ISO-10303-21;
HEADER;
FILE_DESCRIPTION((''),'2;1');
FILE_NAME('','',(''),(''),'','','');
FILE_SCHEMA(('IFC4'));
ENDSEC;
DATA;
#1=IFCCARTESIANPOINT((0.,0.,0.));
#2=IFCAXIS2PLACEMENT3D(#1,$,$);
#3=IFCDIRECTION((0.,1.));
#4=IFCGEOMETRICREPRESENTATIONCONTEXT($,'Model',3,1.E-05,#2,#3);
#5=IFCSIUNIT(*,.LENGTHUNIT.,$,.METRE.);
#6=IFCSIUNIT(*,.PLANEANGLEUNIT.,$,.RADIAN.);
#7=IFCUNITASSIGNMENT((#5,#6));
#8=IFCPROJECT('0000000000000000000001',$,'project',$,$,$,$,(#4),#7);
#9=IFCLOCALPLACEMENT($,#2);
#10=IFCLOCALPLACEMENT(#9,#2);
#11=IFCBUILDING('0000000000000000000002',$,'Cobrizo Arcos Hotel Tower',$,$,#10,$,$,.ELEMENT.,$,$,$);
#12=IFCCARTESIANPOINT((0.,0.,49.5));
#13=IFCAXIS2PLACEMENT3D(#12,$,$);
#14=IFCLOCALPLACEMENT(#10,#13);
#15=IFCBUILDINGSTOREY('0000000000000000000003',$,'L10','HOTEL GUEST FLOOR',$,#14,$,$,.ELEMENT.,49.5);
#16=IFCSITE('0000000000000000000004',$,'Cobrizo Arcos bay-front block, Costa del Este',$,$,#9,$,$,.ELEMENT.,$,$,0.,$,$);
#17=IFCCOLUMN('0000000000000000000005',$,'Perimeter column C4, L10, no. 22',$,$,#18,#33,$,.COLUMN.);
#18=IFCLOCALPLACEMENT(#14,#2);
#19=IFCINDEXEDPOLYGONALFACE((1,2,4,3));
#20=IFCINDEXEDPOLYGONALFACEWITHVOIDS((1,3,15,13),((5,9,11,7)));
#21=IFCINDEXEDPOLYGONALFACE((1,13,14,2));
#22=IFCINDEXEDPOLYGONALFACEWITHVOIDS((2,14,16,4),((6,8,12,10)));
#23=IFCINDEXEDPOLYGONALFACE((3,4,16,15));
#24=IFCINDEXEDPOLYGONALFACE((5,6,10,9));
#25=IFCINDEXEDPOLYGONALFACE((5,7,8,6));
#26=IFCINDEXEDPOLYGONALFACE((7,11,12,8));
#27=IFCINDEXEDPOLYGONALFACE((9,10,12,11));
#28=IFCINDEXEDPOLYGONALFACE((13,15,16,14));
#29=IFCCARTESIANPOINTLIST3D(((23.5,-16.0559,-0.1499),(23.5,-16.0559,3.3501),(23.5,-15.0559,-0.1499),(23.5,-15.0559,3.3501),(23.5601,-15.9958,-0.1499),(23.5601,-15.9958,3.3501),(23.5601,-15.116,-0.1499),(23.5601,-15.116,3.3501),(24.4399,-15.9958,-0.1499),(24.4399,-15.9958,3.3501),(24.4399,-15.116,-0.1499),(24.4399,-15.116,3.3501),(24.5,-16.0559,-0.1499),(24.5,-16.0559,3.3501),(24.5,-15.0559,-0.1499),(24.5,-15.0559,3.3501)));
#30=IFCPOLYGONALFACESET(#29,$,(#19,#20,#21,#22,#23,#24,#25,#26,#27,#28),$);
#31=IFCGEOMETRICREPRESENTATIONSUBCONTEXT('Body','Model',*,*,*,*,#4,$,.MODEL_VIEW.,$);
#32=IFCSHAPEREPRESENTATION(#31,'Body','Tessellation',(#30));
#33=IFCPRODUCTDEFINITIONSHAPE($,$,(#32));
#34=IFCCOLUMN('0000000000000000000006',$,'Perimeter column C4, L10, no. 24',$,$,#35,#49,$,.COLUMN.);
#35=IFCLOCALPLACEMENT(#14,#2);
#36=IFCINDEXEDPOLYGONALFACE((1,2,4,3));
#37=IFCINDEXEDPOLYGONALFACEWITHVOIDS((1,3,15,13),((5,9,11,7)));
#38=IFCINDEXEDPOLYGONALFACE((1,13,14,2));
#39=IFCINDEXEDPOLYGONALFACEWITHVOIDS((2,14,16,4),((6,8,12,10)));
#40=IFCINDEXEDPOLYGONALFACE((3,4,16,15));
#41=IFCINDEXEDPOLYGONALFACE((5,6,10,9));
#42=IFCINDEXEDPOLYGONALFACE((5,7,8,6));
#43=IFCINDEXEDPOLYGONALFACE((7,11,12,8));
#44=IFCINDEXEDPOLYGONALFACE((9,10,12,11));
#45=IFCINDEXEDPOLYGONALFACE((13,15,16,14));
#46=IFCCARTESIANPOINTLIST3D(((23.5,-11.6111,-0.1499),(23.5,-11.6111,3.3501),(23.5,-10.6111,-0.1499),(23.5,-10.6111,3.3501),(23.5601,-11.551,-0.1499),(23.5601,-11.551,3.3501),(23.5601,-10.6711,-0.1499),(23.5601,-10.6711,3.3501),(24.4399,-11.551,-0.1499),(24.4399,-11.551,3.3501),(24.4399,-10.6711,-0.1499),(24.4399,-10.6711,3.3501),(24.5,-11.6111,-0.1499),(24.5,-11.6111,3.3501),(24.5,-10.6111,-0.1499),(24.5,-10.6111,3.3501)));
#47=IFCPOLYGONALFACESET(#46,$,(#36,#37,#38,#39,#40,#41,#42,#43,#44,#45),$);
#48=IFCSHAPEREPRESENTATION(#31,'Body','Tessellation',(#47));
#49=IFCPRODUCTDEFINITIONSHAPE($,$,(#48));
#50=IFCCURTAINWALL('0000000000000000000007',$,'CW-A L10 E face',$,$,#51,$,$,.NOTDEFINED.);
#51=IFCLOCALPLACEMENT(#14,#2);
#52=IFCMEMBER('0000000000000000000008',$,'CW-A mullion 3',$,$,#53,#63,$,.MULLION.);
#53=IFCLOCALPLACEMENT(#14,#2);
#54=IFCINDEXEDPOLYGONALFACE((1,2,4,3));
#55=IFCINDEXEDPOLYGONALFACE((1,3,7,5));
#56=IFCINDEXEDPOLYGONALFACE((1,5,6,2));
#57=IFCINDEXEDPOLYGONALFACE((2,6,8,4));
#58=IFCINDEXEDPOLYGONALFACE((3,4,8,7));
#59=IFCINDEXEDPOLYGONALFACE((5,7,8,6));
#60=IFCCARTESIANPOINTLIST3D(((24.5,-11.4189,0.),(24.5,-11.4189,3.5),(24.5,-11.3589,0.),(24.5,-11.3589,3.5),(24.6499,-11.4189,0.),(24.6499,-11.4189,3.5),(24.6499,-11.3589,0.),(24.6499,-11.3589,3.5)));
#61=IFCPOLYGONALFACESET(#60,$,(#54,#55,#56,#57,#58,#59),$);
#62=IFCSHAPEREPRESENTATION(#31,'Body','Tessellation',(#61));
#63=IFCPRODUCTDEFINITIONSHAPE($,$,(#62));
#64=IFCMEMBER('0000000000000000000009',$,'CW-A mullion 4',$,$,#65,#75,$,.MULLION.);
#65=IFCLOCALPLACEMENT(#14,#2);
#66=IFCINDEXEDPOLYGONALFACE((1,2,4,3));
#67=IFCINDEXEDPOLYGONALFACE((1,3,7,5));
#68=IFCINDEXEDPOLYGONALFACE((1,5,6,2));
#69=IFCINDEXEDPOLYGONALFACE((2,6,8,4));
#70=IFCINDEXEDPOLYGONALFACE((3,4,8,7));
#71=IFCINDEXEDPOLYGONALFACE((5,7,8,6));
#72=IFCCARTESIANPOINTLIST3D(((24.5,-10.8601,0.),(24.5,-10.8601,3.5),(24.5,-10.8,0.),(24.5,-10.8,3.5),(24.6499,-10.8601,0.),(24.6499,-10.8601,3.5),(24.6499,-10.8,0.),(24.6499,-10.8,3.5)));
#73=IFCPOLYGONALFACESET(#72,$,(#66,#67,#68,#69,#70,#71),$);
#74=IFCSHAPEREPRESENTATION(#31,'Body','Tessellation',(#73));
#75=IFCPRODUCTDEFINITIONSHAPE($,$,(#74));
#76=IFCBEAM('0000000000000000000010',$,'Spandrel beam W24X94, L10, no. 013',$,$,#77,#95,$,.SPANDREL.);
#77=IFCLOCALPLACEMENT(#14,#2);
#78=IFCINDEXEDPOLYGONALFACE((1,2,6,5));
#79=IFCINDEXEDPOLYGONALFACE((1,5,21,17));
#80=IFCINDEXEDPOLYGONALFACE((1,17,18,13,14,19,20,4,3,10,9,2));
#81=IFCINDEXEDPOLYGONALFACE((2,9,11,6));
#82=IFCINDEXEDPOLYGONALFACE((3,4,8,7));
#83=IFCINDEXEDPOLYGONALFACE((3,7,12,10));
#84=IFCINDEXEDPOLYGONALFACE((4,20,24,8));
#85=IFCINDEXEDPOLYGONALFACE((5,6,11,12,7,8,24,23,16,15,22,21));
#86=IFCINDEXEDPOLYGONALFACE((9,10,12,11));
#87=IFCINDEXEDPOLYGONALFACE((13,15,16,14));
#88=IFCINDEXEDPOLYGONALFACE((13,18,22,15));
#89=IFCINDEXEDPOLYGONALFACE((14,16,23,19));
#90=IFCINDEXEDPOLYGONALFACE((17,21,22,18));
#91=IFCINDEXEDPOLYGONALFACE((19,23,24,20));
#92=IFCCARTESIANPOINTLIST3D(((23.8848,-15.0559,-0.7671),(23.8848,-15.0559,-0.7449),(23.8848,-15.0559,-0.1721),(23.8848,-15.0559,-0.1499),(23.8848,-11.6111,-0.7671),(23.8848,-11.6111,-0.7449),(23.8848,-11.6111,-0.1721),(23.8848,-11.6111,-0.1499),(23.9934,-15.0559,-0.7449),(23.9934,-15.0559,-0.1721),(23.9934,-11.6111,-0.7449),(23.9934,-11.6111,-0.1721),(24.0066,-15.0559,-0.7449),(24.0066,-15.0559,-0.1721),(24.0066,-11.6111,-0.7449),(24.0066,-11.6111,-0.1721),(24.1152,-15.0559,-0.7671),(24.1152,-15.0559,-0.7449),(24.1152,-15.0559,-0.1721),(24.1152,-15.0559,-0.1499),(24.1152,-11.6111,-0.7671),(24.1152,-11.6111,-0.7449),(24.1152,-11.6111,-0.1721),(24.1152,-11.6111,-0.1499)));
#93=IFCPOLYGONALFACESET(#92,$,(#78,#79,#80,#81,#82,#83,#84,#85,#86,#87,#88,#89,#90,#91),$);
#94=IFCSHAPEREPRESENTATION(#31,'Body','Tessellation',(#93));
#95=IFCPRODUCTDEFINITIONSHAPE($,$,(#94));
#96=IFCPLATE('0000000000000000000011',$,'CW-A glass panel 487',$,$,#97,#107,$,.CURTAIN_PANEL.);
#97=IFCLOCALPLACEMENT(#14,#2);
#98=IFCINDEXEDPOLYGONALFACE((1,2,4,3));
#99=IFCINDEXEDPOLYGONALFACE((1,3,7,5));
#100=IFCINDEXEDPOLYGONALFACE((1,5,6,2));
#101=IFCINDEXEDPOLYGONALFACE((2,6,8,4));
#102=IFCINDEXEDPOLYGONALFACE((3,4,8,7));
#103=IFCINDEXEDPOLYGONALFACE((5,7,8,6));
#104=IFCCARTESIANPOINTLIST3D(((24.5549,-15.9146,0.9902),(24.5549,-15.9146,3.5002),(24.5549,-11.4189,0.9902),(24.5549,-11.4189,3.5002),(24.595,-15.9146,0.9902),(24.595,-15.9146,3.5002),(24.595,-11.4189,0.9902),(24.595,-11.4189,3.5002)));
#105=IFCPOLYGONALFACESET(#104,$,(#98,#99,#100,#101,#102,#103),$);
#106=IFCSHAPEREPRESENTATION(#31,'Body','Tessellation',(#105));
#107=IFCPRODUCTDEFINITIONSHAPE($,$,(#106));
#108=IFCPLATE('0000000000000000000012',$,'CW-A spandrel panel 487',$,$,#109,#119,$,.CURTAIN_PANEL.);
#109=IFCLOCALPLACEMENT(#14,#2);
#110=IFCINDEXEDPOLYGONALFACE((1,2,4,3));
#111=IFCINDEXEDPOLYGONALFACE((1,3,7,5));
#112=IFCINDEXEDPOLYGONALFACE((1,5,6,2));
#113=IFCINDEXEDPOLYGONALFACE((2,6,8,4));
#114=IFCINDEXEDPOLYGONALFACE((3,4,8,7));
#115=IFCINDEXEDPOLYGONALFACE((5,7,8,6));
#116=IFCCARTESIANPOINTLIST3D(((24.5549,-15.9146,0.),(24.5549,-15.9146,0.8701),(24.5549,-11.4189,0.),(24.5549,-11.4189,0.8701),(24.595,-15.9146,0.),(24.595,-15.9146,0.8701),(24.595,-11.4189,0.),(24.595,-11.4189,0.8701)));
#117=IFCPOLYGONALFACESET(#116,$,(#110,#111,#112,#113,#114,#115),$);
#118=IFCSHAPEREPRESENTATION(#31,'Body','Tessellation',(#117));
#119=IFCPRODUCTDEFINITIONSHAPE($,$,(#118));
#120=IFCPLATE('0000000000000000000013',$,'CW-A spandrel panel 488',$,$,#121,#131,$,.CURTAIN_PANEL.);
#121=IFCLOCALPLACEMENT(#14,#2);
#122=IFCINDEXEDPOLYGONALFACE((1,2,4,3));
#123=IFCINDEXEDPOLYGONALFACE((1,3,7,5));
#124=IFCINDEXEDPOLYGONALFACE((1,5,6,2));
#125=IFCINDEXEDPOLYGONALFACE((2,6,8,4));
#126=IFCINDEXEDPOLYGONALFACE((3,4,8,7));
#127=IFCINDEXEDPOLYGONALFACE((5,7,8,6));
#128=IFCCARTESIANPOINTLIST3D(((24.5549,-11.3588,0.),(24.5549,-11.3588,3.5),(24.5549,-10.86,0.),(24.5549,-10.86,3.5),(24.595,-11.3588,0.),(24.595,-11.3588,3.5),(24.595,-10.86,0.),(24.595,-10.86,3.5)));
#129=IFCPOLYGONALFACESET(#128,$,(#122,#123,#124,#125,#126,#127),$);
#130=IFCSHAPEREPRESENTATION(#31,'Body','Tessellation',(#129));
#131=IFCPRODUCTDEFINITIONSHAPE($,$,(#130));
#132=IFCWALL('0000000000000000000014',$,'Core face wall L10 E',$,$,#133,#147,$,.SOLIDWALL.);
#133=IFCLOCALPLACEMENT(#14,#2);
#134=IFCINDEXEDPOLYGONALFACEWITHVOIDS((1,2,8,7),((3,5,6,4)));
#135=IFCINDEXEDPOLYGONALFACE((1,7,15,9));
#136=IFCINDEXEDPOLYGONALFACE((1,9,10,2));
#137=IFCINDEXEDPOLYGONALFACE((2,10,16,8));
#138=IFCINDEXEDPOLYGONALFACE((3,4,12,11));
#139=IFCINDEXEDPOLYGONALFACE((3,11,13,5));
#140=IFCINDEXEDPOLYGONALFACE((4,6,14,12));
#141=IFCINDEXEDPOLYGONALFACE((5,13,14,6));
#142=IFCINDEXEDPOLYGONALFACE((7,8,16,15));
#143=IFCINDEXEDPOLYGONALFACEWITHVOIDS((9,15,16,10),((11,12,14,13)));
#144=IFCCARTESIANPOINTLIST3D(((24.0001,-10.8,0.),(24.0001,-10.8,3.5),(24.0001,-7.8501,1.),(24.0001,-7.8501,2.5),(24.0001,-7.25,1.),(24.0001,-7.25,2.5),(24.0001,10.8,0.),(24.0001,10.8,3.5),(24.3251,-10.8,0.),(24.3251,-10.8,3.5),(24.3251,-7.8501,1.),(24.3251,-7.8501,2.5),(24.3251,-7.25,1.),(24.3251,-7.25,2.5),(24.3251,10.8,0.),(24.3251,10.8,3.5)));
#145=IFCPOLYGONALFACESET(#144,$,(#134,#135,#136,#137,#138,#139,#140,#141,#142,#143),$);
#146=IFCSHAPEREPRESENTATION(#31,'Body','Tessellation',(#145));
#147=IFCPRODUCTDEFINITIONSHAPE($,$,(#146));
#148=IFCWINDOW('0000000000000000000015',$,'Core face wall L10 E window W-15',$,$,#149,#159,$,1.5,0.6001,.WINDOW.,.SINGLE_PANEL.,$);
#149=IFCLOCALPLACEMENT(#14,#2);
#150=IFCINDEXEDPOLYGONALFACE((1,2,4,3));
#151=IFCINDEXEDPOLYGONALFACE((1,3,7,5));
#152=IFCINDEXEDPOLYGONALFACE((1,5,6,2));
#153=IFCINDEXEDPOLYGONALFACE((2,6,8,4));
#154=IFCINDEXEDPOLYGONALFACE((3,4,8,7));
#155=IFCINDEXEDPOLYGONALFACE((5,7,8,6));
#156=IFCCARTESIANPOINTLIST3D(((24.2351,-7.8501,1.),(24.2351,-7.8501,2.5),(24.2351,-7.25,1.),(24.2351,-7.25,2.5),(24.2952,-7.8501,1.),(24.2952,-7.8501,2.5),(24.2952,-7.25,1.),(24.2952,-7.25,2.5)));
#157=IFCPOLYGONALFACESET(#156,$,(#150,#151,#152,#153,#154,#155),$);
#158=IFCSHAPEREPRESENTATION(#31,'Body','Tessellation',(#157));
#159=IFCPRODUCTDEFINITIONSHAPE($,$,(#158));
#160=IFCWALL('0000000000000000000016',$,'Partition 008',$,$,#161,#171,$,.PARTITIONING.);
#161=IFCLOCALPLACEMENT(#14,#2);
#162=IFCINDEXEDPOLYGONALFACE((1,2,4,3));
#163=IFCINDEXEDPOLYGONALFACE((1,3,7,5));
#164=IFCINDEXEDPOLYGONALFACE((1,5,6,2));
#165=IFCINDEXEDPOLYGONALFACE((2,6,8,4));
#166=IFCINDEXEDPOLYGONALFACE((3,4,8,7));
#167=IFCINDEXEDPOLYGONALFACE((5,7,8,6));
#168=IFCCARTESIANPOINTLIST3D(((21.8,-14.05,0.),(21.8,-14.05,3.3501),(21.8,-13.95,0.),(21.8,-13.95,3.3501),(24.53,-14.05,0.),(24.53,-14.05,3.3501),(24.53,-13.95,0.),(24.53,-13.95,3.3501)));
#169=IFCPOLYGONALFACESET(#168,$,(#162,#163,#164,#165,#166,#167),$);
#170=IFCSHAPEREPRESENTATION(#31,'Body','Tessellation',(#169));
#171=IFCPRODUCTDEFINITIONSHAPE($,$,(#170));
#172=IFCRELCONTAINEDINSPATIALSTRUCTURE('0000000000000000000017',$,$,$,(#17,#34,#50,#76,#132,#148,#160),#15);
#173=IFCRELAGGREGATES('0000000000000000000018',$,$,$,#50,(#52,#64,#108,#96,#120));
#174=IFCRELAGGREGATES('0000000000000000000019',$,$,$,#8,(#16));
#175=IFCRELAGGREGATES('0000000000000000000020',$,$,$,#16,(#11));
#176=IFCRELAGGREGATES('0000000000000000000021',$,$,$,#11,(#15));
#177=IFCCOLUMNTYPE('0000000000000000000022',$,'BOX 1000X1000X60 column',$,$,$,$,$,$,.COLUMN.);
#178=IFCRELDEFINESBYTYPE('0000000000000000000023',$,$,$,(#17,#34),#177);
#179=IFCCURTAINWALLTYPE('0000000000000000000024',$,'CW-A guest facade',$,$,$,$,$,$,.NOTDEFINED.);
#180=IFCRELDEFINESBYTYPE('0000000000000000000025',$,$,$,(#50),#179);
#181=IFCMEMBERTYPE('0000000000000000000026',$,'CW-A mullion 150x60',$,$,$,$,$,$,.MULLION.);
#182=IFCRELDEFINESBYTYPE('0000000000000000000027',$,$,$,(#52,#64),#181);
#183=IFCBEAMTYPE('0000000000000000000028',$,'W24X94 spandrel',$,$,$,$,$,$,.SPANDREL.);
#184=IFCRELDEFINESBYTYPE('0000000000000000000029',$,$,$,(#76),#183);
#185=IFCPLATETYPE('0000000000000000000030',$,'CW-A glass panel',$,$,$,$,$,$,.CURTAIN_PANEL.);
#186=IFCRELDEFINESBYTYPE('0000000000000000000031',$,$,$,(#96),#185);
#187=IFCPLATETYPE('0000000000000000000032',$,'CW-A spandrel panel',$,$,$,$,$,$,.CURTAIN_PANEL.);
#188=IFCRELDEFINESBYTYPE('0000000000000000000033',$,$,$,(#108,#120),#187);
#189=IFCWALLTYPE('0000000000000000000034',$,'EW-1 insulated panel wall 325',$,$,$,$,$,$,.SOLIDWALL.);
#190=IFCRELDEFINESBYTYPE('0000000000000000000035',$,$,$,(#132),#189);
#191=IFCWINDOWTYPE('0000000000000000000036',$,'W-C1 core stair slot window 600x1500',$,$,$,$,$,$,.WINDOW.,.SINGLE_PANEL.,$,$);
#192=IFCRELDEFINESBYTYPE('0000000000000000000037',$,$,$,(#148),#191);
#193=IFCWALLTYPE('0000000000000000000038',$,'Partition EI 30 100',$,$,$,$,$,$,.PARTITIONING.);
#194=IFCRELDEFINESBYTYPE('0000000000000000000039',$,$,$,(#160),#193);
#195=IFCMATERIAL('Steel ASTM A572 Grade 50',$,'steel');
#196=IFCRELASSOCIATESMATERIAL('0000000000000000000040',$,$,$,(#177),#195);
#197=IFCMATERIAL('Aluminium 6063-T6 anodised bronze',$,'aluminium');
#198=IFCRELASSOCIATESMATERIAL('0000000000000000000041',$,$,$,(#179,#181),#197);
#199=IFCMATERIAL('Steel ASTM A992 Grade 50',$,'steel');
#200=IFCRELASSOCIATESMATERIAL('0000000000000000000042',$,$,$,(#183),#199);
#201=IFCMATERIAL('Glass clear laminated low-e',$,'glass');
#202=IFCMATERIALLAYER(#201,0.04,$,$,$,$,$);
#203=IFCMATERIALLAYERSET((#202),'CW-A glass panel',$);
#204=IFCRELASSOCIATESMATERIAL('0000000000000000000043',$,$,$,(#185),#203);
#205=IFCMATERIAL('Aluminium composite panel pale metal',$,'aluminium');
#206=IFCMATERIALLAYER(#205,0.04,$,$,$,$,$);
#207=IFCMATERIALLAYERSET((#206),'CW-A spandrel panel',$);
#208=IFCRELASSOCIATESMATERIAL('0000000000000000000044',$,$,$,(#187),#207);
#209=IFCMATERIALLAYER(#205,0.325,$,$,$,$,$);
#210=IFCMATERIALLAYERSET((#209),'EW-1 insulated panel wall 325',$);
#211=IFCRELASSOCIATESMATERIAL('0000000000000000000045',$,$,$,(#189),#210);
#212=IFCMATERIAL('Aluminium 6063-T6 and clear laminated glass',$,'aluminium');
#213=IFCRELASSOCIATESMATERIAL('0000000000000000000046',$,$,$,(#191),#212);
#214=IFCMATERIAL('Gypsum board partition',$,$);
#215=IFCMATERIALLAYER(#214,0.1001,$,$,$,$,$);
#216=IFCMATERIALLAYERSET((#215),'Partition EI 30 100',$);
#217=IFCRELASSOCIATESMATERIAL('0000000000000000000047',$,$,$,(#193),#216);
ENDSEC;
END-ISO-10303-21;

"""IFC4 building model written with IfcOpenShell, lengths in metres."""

from ifc_helpers import new_model, si_unit, direction, frame, frame_2d, origin, origin_2d, place, context, subcontext, project, spatial, rectangle, hollow_rectangle, i_section, extrude, material, layer, layer_set, material_profile, profile_set, type_object, element, fill, aggregate, save


model = new_model("IFC4")

# Units and contexts
model_context = context("Model", 3, precision=1e-05, world=origin(), true_north=direction((0.0, 1.0)))
body_context = subcontext(model_context, "Body", "Model", "MODEL_VIEW")
ifc_project = project(units=[si_unit("LENGTHUNIT", "METRE"), si_unit("PLANEANGLEUNIT", "RADIAN")], contexts=[model_context])

# Site, building, storey
site_placement = place(None, origin())
site = spatial("IfcSite", under=ifc_project, at=site_placement, Name="Cobrizo Arcos bay-front block, Costa del Este", CompositionType="ELEMENT", RefElevation=0.0)
building_placement = place(site_placement, origin())
building = spatial("IfcBuilding", under=site, at=building_placement, Name="Cobrizo Arcos Hotel Tower", CompositionType="ELEMENT")
storey_placement = place(building_placement, frame((0.0, 0.0, 49.5)))
storey = spatial("IfcBuildingStorey", under=building, at=storey_placement, Name="L10", Description="HOTEL GUEST FLOOR", CompositionType="ELEMENT", Elevation=49.5)

# Columns
ifc_material_1 = material(Name="Steel ASTM A572 Grade 50", Category="steel")
ifc_material_profile_1 = material_profile(ifc_material_1, hollow_rectangle(XDim=1.0, YDim=1.0, WallThickness=0.0601, at=origin_2d()), Name="BOX 1000X1000X60")
ifc_profile_set_1 = profile_set([ifc_material_profile_1], Name="Steel ASTM A572 Grade 50")
column_type = type_object("IfcColumnType", Name="BOX 1000X1000X60 column", PredefinedType="COLUMN", material=ifc_profile_set_1)
for number, where, z_axis, x_axis, name in (
    (1, (24.0, -15.5559, -0.1499), (0.0, 0.0, 1.0), (1.0, 0.0, 0.0), "Perimeter column C4, L10, no. 22"),
    (2, (24.0, -11.1111, -0.1499), (0.0, 0.0, 1.0), (1.0, 0.0, 0.0), "Perimeter column C4, L10, no. 24"),
):
    element("IfcColumn", number, at=place(storey_placement, frame(where, z_axis=z_axis, x_axis=x_axis)), inside=storey, type_object=column_type, Name=name, PredefinedType="COLUMN", context=body_context, shape_type="SweptSolid", body=[
        extrude(hollow_rectangle(XDim=1.0, YDim=1.0, WallThickness=0.0601, at=origin_2d()), origin(), (0.0, 0.0, 1.0), 3.5),
    ])

# Curtain wall, members
ifc_material_2 = material(Name="Aluminium 6063-T6 anodised bronze", Category="aluminium")
curtain_wall_type = type_object("IfcCurtainWallType", Name="CW-A guest facade", PredefinedType="NOTDEFINED", material=ifc_material_2)
curtain_wall_placement = place(storey_placement, origin())
curtain_wall = element("IfcCurtainWall", 3, at=curtain_wall_placement, inside=storey, type_object=curtain_wall_type, Name="CW-A L10 E face", PredefinedType="NOTDEFINED")
ifc_material_profile_2 = material_profile(ifc_material_2, rectangle(XDim=0.1499, YDim=0.0601, at=origin_2d()), Name="CW-A mullion 150x60")
ifc_profile_set_2 = profile_set([ifc_material_profile_2], Name="Aluminium 6063-T6 anodised bronze")
member_type = type_object("IfcMemberType", Name="CW-A mullion 150x60", PredefinedType="MULLION", material=ifc_profile_set_2)
member_1_placement = place(storey_placement, frame((24.575, -11.3889, 0.0), z_axis=(0.0, 0.0, 1.0), x_axis=(1.0, 0.0, 0.0)))
member_1 = element("IfcMember", 4, at=member_1_placement, type_object=member_type, Name="CW-A mullion 3", PredefinedType="MULLION", context=body_context, shape_type="SweptSolid", body=[
    extrude(rectangle(XDim=0.1499, YDim=0.0601, at=origin_2d()), origin(), (0.0, 0.0, 1.0), 3.5),
])
member_2_placement = place(storey_placement, frame((24.575, -10.8301, 0.0), z_axis=(0.0, 0.0, 1.0), x_axis=(1.0, 0.0, 0.0)))
member_2 = element("IfcMember", 5, at=member_2_placement, type_object=member_type, Name="CW-A mullion 4", PredefinedType="MULLION", context=body_context, shape_type="SweptSolid", body=[
    extrude(rectangle(XDim=0.1499, YDim=0.0601, at=origin_2d()), origin(), (0.0, 0.0, 1.0), 3.5),
])

# Beam
ifc_material_3 = material(Name="Steel ASTM A992 Grade 50", Category="steel")
ifc_material_profile_3 = material_profile(ifc_material_3, i_section(OverallWidth=0.2305, OverallDepth=0.6172, WebThickness=0.0132, FlangeThickness=0.0222, at=origin_2d()), Name="W24X94")
ifc_profile_set_3 = profile_set([ifc_material_profile_3], Name="Steel ASTM A992 Grade 50")
beam_type = type_object("IfcBeamType", Name="W24X94 spandrel", PredefinedType="SPANDREL", material=ifc_profile_set_3)
beam_placement = place(storey_placement, frame((24.0, -15.0559, -0.4585), z_axis=(0.0, 1.0, 0.0), x_axis=(-1.0, 0.0, 0.0)))
element("IfcBeam", 6, at=beam_placement, inside=storey, type_object=beam_type, Name="Spandrel beam W24X94, L10, no. 013", PredefinedType="SPANDREL", context=body_context, shape_type="SweptSolid", body=[
    extrude(i_section(OverallWidth=0.2305, OverallDepth=0.6172, WebThickness=0.0132, FlangeThickness=0.0222, at=origin_2d()), origin(), (0.0, 0.0, 1.0), 3.4448),
])

# Plates
ifc_material_4 = material(Name="Glass clear laminated low-e", Category="glass")
ifc_layer_1 = layer(ifc_material_4, 0.04)
ifc_layer_set_1 = layer_set([ifc_layer_1], Name="CW-A glass panel")
plate_type_1 = type_object("IfcPlateType", Name="CW-A glass panel", PredefinedType="CURTAIN_PANEL", material=ifc_layer_set_1)
plate_1_placement = place(storey_placement, frame((24.575, -13.6667, 0.9902), z_axis=(0.0, 0.0, 1.0), x_axis=(0.0, 1.0, 0.0)))
plate_1 = element("IfcPlate", 7, at=plate_1_placement, type_object=plate_type_1, Name="CW-A glass panel 487", PredefinedType="CURTAIN_PANEL", context=body_context, shape_type="SweptSolid", body=[
    extrude(rectangle(XDim=4.4956, YDim=0.04, at=origin_2d()), origin(), (0.0, 0.0, 1.0), 2.51),
])
ifc_material_5 = material(Name="Aluminium composite panel pale metal", Category="aluminium")
ifc_layer_2 = layer(ifc_material_5, 0.04)
ifc_layer_set_2 = layer_set([ifc_layer_2], Name="CW-A spandrel panel")
plate_type_2 = type_object("IfcPlateType", Name="CW-A spandrel panel", PredefinedType="CURTAIN_PANEL", material=ifc_layer_set_2)
plate_2_placement = place(storey_placement, frame((24.575, -13.6667, 0.0), z_axis=(0.0, 0.0, 1.0), x_axis=(0.0, 1.0, 0.0)))
plate_2 = element("IfcPlate", 8, at=plate_2_placement, type_object=plate_type_2, Name="CW-A spandrel panel 487", PredefinedType="CURTAIN_PANEL", context=body_context, shape_type="SweptSolid", body=[
    extrude(rectangle(XDim=4.4956, YDim=0.04, at=origin_2d()), origin(), (0.0, 0.0, 1.0), 0.8701),
])
plate_3_placement = place(storey_placement, frame((24.575, -11.1094, 0.0), z_axis=(0.0, 0.0, 1.0), x_axis=(0.0, 1.0, 0.0)))
plate_3 = element("IfcPlate", 9, at=plate_3_placement, type_object=plate_type_2, Name="CW-A spandrel panel 488", PredefinedType="CURTAIN_PANEL", context=body_context, shape_type="SweptSolid", body=[
    extrude(rectangle(XDim=0.4988, YDim=0.04, at=origin_2d()), origin(), (0.0, 0.0, 1.0), 3.5),
])
aggregate(curtain_wall, [member_1, member_2, plate_2, plate_1, plate_3])

# Wall, opening, window
ifc_layer_3 = layer(ifc_material_5, 0.325)
ifc_layer_set_3 = layer_set([ifc_layer_3], Name="EW-1 insulated panel wall 325")
wall_type_1 = type_object("IfcWallType", Name="EW-1 insulated panel wall 325", PredefinedType="SOLIDWALL", material=ifc_layer_set_3)
wall_1_placement = place(storey_placement, frame((24.1626, -10.8, 0.0), z_axis=(0.0, 0.0, 1.0), x_axis=(0.0, 1.0, 0.0)))
wall_1 = element("IfcWall", 10, at=wall_1_placement, inside=storey, type_object=wall_type_1, Name="Core face wall L10 E", PredefinedType="SOLIDWALL", context=body_context, shape_type="SweptSolid", body=[
    extrude(rectangle(XDim=21.6001, YDim=0.325, at=frame_2d((10.8, 0.0))), origin(), (0.0, 0.0, 1.0), 3.5),
])
opening_1_placement = place(wall_1_placement, frame((2.95, 0.0, 1.0)))
opening_1 = element("IfcOpeningElement", 11, at=opening_1_placement, cuts=wall_1, PredefinedType="OPENING", context=body_context, shape_type="SweptSolid", body=[
    extrude(rectangle(XDim=0.6001, YDim=1.5, at=frame_2d((0.3, 0.75))), frame((0.0, 0.1746, 0.0), z_axis=(0.0, -1.0, 0.0), x_axis=(1.0, 0.0, 0.0)), (0.0, 0.0, 1.0), 0.3489),
])
ifc_material_6 = material(Name="Aluminium 6063-T6 and clear laminated glass", Category="aluminium")
window_type = type_object("IfcWindowType", Name="W-C1 core stair slot window 600x1500", PartitioningType="SINGLE_PANEL", PredefinedType="WINDOW", material=ifc_material_6)
window_placement = place(opening_1_placement, origin())
window = element("IfcWindow", 12, at=window_placement, inside=storey, type_object=window_type, Name="Core face wall L10 E window W-15", OverallHeight=1.5, OverallWidth=0.6001, PartitioningType="SINGLE_PANEL", PredefinedType="WINDOW", context=body_context, shape_type="SweptSolid", body=[
    extrude(rectangle(XDim=0.6001, YDim=1.5, at=frame_2d((0.3, 0.75))), frame((0.0, -0.0725, 0.0), z_axis=(0.0, -1.0, 0.0), x_axis=(1.0, 0.0, 0.0)), (0.0, 0.0, 1.0), 0.0601),
])
fill(opening_1, window)

# Wall
ifc_material_7 = material(Name="Gypsum board partition")
ifc_layer_4 = layer(ifc_material_7, 0.1001)
ifc_layer_set_4 = layer_set([ifc_layer_4], Name="Partition EI 30 100")
wall_type_2 = type_object("IfcWallType", Name="Partition EI 30 100", PredefinedType="PARTITIONING", material=ifc_layer_set_4)
wall_2_placement = place(storey_placement, frame((21.8, -14.0, 0.0), z_axis=(0.0, 0.0, 1.0), x_axis=(1.0, 0.0, 0.0)))
element("IfcWall", 13, at=wall_2_placement, inside=storey, type_object=wall_type_2, Name="Partition 008", PredefinedType="PARTITIONING", context=body_context, shape_type="SweptSolid", body=[
    extrude(rectangle(XDim=2.73, YDim=0.1001, at=frame_2d((1.365, 0.0))), origin(), (0.0, 0.0, 1.0), 3.3501),
])

save(model, "model.ifc")
